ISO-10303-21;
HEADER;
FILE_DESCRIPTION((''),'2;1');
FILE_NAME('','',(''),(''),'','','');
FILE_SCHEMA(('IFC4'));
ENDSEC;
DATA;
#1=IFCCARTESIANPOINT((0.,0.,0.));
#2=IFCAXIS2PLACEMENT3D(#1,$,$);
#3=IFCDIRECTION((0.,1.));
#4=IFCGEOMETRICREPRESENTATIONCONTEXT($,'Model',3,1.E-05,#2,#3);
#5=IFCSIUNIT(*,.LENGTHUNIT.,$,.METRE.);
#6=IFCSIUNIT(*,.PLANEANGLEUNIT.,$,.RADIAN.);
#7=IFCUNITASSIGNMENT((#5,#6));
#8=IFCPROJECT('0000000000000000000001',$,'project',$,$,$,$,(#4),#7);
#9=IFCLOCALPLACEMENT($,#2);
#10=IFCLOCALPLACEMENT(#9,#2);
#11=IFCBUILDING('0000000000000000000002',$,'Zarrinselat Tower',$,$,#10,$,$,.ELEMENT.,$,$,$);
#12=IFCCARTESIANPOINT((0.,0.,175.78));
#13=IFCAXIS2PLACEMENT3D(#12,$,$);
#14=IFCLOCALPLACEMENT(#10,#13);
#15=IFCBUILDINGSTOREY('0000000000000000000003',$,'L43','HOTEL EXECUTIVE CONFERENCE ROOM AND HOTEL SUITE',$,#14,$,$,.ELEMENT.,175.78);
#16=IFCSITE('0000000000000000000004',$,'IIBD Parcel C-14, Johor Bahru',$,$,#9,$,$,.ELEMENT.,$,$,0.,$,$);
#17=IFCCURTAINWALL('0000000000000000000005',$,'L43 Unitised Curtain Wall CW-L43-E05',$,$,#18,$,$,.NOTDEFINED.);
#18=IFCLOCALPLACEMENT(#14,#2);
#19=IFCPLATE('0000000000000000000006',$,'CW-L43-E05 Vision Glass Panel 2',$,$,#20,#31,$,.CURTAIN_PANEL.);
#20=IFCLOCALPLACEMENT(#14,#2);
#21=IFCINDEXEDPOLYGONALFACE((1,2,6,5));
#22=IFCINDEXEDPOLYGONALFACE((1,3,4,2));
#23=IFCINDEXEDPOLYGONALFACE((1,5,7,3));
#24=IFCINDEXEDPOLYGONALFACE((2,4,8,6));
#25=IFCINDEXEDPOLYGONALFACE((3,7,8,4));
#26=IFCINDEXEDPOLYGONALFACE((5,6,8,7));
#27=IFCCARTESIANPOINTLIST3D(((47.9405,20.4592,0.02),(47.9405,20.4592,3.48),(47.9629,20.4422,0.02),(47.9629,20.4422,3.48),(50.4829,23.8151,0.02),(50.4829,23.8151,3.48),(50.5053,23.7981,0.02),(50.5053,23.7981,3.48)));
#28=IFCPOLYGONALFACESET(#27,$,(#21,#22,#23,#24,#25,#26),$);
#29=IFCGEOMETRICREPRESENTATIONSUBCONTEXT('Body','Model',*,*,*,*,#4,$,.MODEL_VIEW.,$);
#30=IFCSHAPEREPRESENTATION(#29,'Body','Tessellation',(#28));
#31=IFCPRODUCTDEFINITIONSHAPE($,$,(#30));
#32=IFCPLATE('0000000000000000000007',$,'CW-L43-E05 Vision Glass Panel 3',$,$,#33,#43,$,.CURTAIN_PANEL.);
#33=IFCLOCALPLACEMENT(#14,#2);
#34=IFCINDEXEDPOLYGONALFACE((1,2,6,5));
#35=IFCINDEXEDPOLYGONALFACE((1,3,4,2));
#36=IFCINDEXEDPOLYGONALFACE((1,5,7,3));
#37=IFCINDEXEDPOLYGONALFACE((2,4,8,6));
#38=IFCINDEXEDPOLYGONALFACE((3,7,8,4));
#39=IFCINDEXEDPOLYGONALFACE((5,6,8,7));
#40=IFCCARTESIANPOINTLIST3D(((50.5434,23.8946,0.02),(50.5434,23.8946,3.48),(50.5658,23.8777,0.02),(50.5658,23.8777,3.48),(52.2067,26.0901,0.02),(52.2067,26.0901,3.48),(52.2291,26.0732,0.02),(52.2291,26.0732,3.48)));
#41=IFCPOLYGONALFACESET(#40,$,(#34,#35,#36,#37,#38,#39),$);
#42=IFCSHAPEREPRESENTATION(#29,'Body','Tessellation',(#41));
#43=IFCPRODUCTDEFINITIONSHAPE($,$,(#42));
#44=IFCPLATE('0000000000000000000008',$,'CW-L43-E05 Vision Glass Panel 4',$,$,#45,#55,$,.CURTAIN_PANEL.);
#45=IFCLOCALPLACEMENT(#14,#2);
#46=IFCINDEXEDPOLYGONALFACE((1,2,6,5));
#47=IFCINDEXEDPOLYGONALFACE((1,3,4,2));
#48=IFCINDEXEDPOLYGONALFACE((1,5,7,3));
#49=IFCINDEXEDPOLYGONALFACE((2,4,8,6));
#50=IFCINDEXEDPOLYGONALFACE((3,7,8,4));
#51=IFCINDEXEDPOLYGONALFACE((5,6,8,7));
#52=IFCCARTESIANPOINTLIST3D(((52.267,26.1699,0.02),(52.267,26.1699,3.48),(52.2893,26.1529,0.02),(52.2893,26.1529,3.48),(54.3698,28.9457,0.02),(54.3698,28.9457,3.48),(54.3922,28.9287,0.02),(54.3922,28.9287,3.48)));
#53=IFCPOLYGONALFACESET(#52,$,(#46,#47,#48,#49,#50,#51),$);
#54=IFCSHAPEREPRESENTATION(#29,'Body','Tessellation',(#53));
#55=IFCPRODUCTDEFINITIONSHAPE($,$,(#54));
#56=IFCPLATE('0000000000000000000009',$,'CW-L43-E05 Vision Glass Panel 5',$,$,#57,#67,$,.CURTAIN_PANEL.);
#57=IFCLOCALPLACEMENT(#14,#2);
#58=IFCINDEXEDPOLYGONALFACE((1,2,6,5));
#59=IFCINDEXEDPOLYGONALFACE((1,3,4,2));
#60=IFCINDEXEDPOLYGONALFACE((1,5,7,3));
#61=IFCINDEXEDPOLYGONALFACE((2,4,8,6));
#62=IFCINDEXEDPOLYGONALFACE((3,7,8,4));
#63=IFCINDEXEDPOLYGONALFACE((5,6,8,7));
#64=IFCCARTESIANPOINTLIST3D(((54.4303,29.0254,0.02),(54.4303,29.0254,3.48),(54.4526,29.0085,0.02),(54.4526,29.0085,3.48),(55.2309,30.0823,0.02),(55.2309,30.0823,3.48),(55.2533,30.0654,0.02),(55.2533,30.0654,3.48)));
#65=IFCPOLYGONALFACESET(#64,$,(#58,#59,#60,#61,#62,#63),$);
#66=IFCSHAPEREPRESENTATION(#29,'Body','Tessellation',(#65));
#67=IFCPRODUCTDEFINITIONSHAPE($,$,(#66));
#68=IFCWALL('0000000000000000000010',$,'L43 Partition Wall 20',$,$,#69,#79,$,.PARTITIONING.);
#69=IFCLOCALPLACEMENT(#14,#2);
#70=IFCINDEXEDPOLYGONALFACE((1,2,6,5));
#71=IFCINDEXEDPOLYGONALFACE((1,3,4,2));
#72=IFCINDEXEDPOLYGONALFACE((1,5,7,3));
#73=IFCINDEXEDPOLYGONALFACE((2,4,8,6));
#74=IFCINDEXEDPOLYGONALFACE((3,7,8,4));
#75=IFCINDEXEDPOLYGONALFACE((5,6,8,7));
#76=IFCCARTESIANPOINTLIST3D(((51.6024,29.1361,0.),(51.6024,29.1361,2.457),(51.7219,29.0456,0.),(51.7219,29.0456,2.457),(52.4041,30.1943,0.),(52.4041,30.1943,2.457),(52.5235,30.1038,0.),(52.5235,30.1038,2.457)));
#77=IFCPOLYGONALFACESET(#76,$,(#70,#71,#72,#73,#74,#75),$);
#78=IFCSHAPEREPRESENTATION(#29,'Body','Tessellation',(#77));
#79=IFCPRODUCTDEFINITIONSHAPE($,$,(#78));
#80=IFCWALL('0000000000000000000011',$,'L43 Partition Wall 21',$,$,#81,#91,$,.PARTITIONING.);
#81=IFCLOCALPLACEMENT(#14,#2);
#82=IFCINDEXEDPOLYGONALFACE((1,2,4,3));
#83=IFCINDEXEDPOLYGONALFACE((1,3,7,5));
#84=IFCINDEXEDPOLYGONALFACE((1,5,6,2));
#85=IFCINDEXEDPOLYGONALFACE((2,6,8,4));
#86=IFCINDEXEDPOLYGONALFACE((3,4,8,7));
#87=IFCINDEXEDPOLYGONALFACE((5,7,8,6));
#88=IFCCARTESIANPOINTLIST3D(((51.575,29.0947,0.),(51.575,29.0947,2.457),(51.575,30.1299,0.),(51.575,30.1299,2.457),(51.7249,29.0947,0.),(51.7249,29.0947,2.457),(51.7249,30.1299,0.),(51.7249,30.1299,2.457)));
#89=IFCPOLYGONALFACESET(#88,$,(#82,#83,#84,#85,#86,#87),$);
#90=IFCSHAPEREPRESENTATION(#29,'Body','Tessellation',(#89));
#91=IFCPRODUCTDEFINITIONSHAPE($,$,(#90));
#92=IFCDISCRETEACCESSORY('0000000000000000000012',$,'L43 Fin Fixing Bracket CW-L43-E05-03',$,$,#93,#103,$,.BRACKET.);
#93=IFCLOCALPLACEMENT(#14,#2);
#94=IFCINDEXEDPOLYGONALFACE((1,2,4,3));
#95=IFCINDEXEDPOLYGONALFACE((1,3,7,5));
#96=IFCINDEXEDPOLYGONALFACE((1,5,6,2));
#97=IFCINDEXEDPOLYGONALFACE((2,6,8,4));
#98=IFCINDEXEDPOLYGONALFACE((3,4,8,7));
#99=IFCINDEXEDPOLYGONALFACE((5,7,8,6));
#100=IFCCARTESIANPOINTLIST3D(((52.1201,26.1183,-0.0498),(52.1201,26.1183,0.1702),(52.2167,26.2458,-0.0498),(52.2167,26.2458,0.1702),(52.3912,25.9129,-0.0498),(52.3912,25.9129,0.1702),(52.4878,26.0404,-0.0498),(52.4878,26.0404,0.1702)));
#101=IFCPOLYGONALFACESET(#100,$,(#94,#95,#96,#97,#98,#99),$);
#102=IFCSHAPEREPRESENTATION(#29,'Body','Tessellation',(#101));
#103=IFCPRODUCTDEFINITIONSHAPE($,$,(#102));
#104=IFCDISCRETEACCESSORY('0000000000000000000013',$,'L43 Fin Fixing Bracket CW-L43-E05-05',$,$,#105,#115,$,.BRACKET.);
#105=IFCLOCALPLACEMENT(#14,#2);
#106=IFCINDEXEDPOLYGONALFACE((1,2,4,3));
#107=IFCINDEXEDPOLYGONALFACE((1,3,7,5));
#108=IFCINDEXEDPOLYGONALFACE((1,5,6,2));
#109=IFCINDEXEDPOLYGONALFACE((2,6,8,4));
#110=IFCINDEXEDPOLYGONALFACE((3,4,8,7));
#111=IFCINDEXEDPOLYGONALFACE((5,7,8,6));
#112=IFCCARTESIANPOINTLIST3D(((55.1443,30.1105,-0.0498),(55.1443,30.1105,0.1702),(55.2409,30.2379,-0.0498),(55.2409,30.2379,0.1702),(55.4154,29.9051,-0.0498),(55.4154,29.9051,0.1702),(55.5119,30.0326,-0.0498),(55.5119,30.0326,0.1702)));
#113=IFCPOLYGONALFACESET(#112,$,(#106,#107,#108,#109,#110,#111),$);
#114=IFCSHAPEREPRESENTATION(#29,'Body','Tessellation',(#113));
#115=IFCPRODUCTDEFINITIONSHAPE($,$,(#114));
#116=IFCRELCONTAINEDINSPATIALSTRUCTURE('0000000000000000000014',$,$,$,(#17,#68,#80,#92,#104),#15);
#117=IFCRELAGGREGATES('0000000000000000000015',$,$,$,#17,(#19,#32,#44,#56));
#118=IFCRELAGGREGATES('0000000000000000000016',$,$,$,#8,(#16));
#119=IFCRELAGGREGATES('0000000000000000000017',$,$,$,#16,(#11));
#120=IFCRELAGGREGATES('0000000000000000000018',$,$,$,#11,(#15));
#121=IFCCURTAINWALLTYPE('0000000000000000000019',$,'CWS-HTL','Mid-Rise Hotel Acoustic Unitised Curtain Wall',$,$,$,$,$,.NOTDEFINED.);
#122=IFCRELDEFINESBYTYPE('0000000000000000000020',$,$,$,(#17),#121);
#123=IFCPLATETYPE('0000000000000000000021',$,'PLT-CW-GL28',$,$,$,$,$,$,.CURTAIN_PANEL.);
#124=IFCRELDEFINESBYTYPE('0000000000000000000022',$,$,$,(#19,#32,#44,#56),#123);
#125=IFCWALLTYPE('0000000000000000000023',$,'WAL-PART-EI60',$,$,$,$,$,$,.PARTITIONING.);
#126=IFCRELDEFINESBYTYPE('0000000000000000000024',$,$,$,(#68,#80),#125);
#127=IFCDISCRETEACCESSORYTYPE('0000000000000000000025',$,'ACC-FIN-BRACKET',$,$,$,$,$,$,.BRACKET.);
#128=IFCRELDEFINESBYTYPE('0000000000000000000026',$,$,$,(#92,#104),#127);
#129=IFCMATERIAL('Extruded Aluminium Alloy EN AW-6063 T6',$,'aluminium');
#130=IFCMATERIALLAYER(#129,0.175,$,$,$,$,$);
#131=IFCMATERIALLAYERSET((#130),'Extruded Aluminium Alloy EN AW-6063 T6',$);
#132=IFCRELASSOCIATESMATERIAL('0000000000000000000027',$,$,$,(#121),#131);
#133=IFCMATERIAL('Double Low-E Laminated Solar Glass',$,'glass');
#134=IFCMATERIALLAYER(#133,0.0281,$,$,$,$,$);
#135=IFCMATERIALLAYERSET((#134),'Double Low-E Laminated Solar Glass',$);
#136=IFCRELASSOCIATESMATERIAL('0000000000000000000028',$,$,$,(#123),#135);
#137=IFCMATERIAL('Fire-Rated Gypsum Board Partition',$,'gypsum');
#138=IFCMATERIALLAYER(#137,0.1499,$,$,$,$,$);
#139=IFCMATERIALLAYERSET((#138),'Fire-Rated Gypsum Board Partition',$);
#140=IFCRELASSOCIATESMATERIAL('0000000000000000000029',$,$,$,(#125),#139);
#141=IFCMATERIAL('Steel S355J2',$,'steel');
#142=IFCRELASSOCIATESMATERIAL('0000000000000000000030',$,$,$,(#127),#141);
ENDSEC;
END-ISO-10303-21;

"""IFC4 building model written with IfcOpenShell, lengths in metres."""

from ifc_helpers import new_model, si_unit, direction, frame, frame_2d, origin, origin_2d, place, context, subcontext, project, spatial, rectangle, extrude, material, layer, layer_set, type_object, element, aggregate, save


model = new_model("IFC4")

# Units and contexts
model_context = context("Model", 3, precision=1e-05, world=origin(), true_north=direction((0.0, 1.0)))
body_context = subcontext(model_context, "Body", "Model", "MODEL_VIEW")
ifc_project = project(units=[si_unit("LENGTHUNIT", "METRE"), si_unit("PLANEANGLEUNIT", "RADIAN")], contexts=[model_context])

# Site, building, storey
site_placement = place(None, origin())
site = spatial("IfcSite", under=ifc_project, at=site_placement, Name="IIBD Parcel C-14, Johor Bahru", CompositionType="ELEMENT", RefElevation=0.0)
building_placement = place(site_placement, origin())
building = spatial("IfcBuilding", under=site, at=building_placement, Name="Zarrinselat Tower", CompositionType="ELEMENT")
storey_placement = place(building_placement, frame((0.0, 0.0, 175.78)))
storey = spatial("IfcBuildingStorey", under=building, at=storey_placement, Name="L43", Description="HOTEL EXECUTIVE CONFERENCE ROOM AND HOTEL SUITE", CompositionType="ELEMENT", Elevation=175.78)

# Curtain wall, plates
ifc_material_1 = material(Name="Extruded Aluminium Alloy EN AW-6063 T6", Category="aluminium")
ifc_layer_1 = layer(ifc_material_1, 0.175)
ifc_layer_set_1 = layer_set([ifc_layer_1], Name="Extruded Aluminium Alloy EN AW-6063 T6")
curtain_wall_type = type_object("IfcCurtainWallType", Name="CWS-HTL", Description="Mid-Rise Hotel Acoustic Unitised Curtain Wall", PredefinedType="NOTDEFINED", material=ifc_layer_set_1)
curtain_wall_placement = place(storey_placement, origin())
curtain_wall = element("IfcCurtainWall", 1, at=curtain_wall_placement, inside=storey, type_object=curtain_wall_type, Name="L43 Unitised Curtain Wall CW-L43-E05", PredefinedType="NOTDEFINED")
ifc_material_2 = material(Name="Double Low-E Laminated Solar Glass", Category="glass")
ifc_layer_2 = layer(ifc_material_2, 0.0281)
ifc_layer_set_2 = layer_set([ifc_layer_2], Name="Double Low-E Laminated Solar Glass")
plate_type = type_object("IfcPlateType", Name="PLT-CW-GL28", PredefinedType="CURTAIN_PANEL", material=ifc_layer_set_2)
plate_1_placement = place(storey_placement, frame((49.2229, 22.1287, 0.02), z_axis=(0.0, 0.0, 1.0), x_axis=(0.603859, 0.797091, 0.0)))
plate_1 = element("IfcPlate", 2, at=plate_1_placement, type_object=plate_type, Name="CW-L43-E05 Vision Glass Panel 2", PredefinedType="CURTAIN_PANEL", context=body_context, shape_type="SweptSolid", body=[
    extrude(rectangle(XDim=4.2102, YDim=0.0281, at=origin_2d()), origin(), (0.0, 0.0, 1.0), 3.46),
])
plate_2_placement = place(storey_placement, frame((51.3862, 24.9839, 0.02), z_axis=(0.0, 0.0, 1.0), x_axis=(0.603859, 0.797091, 0.0)))
plate_2 = element("IfcPlate", 3, at=plate_2_placement, type_object=plate_type, Name="CW-L43-E05 Vision Glass Panel 3", PredefinedType="CURTAIN_PANEL", context=body_context, shape_type="SweptSolid", body=[
    extrude(rectangle(XDim=2.7544, YDim=0.0281, at=origin_2d()), origin(), (0.0, 0.0, 1.0), 3.46),
])
plate_3_placement = place(storey_placement, frame((53.3296, 27.5493, 0.02), z_axis=(0.0, 0.0, 1.0), x_axis=(0.603859, 0.797091, 0.0)))
plate_3 = element("IfcPlate", 4, at=plate_3_placement, type_object=plate_type, Name="CW-L43-E05 Vision Glass Panel 4", PredefinedType="CURTAIN_PANEL", context=body_context, shape_type="SweptSolid", body=[
    extrude(rectangle(XDim=3.4824, YDim=0.0281, at=origin_2d()), origin(), (0.0, 0.0, 1.0), 3.46),
])
plate_4_placement = place(storey_placement, frame((54.8418, 29.5454, 0.02), z_axis=(0.0, 0.0, 1.0), x_axis=(0.603859, 0.797091, 0.0)))
plate_4 = element("IfcPlate", 5, at=plate_4_placement, type_object=plate_type, Name="CW-L43-E05 Vision Glass Panel 5", PredefinedType="CURTAIN_PANEL", context=body_context, shape_type="SweptSolid", body=[
    extrude(rectangle(XDim=1.3259, YDim=0.0281, at=origin_2d()), origin(), (0.0, 0.0, 1.0), 3.46),
])
aggregate(curtain_wall, [plate_1, plate_2, plate_3, plate_4])

# Walls
ifc_material_3 = material(Name="Fire-Rated Gypsum Board Partition", Category="gypsum")
ifc_layer_3 = layer(ifc_material_3, 0.1499)
ifc_layer_set_3 = layer_set([ifc_layer_3], Name="Fire-Rated Gypsum Board Partition")
wall_type = type_object("IfcWallType", Name="WAL-PART-EI60", PredefinedType="PARTITIONING", material=ifc_layer_set_3)
wall_1_placement = place(storey_placement, frame((51.6621, 29.0908, 0.0), z_axis=(0.0, 0.0, 1.0), x_axis=(0.603847, 0.7971, 0.0)))
element("IfcWall", 6, at=wall_1_placement, inside=storey, type_object=wall_type, Name="L43 Partition Wall 20", PredefinedType="PARTITIONING", context=body_context, shape_type="SweptSolid", body=[
    extrude(rectangle(XDim=1.3276, YDim=0.1499, at=frame_2d((0.6638, 0.0))), origin(), (0.0, 0.0, 1.0), 2.457),
])
wall_2_placement = place(storey_placement, frame((51.6499, 29.0947, 0.0), z_axis=(0.0, 0.0, 1.0), x_axis=(0.0, 1.0, 0.0)))
element("IfcWall", 7, at=wall_2_placement, inside=storey, type_object=wall_type, Name="L43 Partition Wall 21", PredefinedType="PARTITIONING", context=body_context, shape_type="SweptSolid", body=[
    extrude(rectangle(XDim=1.0352, YDim=0.1499, at=frame_2d((0.5176, 0.0))), origin(), (0.0, 0.0, 1.0), 2.457),
])

# Discrete accessories
ifc_material_4 = material(Name="Steel S355J2", Category="steel")
discrete_accessory_type = type_object("IfcDiscreteAccessoryType", Name="ACC-FIN-BRACKET", PredefinedType="BRACKET", material=ifc_material_4)
for number, where, z_axis, x_axis, name in (
    (8, (52.304, 26.0793, -0.0498), (0.0, 0.0, 1.0), (0.797091, -0.603859, 0.0), "L43 Fin Fixing Bracket CW-L43-E05-03"),
    (9, (55.3281, 30.0715, -0.0498), (0.0, 0.0, 1.0), (0.797091, -0.603859, 0.0), "L43 Fin Fixing Bracket CW-L43-E05-05"),
):
    element("IfcDiscreteAccessory", number, at=place(storey_placement, frame(where, z_axis=z_axis, x_axis=x_axis)), inside=storey, type_object=discrete_accessory_type, Name=name, PredefinedType="BRACKET", context=body_context, shape_type="SweptSolid", body=[
        extrude(rectangle(XDim=0.3401, YDim=0.1599, at=origin_2d()), origin(), (0.0, 0.0, 1.0), 0.22),
    ])

save(model, "model.ifc")
